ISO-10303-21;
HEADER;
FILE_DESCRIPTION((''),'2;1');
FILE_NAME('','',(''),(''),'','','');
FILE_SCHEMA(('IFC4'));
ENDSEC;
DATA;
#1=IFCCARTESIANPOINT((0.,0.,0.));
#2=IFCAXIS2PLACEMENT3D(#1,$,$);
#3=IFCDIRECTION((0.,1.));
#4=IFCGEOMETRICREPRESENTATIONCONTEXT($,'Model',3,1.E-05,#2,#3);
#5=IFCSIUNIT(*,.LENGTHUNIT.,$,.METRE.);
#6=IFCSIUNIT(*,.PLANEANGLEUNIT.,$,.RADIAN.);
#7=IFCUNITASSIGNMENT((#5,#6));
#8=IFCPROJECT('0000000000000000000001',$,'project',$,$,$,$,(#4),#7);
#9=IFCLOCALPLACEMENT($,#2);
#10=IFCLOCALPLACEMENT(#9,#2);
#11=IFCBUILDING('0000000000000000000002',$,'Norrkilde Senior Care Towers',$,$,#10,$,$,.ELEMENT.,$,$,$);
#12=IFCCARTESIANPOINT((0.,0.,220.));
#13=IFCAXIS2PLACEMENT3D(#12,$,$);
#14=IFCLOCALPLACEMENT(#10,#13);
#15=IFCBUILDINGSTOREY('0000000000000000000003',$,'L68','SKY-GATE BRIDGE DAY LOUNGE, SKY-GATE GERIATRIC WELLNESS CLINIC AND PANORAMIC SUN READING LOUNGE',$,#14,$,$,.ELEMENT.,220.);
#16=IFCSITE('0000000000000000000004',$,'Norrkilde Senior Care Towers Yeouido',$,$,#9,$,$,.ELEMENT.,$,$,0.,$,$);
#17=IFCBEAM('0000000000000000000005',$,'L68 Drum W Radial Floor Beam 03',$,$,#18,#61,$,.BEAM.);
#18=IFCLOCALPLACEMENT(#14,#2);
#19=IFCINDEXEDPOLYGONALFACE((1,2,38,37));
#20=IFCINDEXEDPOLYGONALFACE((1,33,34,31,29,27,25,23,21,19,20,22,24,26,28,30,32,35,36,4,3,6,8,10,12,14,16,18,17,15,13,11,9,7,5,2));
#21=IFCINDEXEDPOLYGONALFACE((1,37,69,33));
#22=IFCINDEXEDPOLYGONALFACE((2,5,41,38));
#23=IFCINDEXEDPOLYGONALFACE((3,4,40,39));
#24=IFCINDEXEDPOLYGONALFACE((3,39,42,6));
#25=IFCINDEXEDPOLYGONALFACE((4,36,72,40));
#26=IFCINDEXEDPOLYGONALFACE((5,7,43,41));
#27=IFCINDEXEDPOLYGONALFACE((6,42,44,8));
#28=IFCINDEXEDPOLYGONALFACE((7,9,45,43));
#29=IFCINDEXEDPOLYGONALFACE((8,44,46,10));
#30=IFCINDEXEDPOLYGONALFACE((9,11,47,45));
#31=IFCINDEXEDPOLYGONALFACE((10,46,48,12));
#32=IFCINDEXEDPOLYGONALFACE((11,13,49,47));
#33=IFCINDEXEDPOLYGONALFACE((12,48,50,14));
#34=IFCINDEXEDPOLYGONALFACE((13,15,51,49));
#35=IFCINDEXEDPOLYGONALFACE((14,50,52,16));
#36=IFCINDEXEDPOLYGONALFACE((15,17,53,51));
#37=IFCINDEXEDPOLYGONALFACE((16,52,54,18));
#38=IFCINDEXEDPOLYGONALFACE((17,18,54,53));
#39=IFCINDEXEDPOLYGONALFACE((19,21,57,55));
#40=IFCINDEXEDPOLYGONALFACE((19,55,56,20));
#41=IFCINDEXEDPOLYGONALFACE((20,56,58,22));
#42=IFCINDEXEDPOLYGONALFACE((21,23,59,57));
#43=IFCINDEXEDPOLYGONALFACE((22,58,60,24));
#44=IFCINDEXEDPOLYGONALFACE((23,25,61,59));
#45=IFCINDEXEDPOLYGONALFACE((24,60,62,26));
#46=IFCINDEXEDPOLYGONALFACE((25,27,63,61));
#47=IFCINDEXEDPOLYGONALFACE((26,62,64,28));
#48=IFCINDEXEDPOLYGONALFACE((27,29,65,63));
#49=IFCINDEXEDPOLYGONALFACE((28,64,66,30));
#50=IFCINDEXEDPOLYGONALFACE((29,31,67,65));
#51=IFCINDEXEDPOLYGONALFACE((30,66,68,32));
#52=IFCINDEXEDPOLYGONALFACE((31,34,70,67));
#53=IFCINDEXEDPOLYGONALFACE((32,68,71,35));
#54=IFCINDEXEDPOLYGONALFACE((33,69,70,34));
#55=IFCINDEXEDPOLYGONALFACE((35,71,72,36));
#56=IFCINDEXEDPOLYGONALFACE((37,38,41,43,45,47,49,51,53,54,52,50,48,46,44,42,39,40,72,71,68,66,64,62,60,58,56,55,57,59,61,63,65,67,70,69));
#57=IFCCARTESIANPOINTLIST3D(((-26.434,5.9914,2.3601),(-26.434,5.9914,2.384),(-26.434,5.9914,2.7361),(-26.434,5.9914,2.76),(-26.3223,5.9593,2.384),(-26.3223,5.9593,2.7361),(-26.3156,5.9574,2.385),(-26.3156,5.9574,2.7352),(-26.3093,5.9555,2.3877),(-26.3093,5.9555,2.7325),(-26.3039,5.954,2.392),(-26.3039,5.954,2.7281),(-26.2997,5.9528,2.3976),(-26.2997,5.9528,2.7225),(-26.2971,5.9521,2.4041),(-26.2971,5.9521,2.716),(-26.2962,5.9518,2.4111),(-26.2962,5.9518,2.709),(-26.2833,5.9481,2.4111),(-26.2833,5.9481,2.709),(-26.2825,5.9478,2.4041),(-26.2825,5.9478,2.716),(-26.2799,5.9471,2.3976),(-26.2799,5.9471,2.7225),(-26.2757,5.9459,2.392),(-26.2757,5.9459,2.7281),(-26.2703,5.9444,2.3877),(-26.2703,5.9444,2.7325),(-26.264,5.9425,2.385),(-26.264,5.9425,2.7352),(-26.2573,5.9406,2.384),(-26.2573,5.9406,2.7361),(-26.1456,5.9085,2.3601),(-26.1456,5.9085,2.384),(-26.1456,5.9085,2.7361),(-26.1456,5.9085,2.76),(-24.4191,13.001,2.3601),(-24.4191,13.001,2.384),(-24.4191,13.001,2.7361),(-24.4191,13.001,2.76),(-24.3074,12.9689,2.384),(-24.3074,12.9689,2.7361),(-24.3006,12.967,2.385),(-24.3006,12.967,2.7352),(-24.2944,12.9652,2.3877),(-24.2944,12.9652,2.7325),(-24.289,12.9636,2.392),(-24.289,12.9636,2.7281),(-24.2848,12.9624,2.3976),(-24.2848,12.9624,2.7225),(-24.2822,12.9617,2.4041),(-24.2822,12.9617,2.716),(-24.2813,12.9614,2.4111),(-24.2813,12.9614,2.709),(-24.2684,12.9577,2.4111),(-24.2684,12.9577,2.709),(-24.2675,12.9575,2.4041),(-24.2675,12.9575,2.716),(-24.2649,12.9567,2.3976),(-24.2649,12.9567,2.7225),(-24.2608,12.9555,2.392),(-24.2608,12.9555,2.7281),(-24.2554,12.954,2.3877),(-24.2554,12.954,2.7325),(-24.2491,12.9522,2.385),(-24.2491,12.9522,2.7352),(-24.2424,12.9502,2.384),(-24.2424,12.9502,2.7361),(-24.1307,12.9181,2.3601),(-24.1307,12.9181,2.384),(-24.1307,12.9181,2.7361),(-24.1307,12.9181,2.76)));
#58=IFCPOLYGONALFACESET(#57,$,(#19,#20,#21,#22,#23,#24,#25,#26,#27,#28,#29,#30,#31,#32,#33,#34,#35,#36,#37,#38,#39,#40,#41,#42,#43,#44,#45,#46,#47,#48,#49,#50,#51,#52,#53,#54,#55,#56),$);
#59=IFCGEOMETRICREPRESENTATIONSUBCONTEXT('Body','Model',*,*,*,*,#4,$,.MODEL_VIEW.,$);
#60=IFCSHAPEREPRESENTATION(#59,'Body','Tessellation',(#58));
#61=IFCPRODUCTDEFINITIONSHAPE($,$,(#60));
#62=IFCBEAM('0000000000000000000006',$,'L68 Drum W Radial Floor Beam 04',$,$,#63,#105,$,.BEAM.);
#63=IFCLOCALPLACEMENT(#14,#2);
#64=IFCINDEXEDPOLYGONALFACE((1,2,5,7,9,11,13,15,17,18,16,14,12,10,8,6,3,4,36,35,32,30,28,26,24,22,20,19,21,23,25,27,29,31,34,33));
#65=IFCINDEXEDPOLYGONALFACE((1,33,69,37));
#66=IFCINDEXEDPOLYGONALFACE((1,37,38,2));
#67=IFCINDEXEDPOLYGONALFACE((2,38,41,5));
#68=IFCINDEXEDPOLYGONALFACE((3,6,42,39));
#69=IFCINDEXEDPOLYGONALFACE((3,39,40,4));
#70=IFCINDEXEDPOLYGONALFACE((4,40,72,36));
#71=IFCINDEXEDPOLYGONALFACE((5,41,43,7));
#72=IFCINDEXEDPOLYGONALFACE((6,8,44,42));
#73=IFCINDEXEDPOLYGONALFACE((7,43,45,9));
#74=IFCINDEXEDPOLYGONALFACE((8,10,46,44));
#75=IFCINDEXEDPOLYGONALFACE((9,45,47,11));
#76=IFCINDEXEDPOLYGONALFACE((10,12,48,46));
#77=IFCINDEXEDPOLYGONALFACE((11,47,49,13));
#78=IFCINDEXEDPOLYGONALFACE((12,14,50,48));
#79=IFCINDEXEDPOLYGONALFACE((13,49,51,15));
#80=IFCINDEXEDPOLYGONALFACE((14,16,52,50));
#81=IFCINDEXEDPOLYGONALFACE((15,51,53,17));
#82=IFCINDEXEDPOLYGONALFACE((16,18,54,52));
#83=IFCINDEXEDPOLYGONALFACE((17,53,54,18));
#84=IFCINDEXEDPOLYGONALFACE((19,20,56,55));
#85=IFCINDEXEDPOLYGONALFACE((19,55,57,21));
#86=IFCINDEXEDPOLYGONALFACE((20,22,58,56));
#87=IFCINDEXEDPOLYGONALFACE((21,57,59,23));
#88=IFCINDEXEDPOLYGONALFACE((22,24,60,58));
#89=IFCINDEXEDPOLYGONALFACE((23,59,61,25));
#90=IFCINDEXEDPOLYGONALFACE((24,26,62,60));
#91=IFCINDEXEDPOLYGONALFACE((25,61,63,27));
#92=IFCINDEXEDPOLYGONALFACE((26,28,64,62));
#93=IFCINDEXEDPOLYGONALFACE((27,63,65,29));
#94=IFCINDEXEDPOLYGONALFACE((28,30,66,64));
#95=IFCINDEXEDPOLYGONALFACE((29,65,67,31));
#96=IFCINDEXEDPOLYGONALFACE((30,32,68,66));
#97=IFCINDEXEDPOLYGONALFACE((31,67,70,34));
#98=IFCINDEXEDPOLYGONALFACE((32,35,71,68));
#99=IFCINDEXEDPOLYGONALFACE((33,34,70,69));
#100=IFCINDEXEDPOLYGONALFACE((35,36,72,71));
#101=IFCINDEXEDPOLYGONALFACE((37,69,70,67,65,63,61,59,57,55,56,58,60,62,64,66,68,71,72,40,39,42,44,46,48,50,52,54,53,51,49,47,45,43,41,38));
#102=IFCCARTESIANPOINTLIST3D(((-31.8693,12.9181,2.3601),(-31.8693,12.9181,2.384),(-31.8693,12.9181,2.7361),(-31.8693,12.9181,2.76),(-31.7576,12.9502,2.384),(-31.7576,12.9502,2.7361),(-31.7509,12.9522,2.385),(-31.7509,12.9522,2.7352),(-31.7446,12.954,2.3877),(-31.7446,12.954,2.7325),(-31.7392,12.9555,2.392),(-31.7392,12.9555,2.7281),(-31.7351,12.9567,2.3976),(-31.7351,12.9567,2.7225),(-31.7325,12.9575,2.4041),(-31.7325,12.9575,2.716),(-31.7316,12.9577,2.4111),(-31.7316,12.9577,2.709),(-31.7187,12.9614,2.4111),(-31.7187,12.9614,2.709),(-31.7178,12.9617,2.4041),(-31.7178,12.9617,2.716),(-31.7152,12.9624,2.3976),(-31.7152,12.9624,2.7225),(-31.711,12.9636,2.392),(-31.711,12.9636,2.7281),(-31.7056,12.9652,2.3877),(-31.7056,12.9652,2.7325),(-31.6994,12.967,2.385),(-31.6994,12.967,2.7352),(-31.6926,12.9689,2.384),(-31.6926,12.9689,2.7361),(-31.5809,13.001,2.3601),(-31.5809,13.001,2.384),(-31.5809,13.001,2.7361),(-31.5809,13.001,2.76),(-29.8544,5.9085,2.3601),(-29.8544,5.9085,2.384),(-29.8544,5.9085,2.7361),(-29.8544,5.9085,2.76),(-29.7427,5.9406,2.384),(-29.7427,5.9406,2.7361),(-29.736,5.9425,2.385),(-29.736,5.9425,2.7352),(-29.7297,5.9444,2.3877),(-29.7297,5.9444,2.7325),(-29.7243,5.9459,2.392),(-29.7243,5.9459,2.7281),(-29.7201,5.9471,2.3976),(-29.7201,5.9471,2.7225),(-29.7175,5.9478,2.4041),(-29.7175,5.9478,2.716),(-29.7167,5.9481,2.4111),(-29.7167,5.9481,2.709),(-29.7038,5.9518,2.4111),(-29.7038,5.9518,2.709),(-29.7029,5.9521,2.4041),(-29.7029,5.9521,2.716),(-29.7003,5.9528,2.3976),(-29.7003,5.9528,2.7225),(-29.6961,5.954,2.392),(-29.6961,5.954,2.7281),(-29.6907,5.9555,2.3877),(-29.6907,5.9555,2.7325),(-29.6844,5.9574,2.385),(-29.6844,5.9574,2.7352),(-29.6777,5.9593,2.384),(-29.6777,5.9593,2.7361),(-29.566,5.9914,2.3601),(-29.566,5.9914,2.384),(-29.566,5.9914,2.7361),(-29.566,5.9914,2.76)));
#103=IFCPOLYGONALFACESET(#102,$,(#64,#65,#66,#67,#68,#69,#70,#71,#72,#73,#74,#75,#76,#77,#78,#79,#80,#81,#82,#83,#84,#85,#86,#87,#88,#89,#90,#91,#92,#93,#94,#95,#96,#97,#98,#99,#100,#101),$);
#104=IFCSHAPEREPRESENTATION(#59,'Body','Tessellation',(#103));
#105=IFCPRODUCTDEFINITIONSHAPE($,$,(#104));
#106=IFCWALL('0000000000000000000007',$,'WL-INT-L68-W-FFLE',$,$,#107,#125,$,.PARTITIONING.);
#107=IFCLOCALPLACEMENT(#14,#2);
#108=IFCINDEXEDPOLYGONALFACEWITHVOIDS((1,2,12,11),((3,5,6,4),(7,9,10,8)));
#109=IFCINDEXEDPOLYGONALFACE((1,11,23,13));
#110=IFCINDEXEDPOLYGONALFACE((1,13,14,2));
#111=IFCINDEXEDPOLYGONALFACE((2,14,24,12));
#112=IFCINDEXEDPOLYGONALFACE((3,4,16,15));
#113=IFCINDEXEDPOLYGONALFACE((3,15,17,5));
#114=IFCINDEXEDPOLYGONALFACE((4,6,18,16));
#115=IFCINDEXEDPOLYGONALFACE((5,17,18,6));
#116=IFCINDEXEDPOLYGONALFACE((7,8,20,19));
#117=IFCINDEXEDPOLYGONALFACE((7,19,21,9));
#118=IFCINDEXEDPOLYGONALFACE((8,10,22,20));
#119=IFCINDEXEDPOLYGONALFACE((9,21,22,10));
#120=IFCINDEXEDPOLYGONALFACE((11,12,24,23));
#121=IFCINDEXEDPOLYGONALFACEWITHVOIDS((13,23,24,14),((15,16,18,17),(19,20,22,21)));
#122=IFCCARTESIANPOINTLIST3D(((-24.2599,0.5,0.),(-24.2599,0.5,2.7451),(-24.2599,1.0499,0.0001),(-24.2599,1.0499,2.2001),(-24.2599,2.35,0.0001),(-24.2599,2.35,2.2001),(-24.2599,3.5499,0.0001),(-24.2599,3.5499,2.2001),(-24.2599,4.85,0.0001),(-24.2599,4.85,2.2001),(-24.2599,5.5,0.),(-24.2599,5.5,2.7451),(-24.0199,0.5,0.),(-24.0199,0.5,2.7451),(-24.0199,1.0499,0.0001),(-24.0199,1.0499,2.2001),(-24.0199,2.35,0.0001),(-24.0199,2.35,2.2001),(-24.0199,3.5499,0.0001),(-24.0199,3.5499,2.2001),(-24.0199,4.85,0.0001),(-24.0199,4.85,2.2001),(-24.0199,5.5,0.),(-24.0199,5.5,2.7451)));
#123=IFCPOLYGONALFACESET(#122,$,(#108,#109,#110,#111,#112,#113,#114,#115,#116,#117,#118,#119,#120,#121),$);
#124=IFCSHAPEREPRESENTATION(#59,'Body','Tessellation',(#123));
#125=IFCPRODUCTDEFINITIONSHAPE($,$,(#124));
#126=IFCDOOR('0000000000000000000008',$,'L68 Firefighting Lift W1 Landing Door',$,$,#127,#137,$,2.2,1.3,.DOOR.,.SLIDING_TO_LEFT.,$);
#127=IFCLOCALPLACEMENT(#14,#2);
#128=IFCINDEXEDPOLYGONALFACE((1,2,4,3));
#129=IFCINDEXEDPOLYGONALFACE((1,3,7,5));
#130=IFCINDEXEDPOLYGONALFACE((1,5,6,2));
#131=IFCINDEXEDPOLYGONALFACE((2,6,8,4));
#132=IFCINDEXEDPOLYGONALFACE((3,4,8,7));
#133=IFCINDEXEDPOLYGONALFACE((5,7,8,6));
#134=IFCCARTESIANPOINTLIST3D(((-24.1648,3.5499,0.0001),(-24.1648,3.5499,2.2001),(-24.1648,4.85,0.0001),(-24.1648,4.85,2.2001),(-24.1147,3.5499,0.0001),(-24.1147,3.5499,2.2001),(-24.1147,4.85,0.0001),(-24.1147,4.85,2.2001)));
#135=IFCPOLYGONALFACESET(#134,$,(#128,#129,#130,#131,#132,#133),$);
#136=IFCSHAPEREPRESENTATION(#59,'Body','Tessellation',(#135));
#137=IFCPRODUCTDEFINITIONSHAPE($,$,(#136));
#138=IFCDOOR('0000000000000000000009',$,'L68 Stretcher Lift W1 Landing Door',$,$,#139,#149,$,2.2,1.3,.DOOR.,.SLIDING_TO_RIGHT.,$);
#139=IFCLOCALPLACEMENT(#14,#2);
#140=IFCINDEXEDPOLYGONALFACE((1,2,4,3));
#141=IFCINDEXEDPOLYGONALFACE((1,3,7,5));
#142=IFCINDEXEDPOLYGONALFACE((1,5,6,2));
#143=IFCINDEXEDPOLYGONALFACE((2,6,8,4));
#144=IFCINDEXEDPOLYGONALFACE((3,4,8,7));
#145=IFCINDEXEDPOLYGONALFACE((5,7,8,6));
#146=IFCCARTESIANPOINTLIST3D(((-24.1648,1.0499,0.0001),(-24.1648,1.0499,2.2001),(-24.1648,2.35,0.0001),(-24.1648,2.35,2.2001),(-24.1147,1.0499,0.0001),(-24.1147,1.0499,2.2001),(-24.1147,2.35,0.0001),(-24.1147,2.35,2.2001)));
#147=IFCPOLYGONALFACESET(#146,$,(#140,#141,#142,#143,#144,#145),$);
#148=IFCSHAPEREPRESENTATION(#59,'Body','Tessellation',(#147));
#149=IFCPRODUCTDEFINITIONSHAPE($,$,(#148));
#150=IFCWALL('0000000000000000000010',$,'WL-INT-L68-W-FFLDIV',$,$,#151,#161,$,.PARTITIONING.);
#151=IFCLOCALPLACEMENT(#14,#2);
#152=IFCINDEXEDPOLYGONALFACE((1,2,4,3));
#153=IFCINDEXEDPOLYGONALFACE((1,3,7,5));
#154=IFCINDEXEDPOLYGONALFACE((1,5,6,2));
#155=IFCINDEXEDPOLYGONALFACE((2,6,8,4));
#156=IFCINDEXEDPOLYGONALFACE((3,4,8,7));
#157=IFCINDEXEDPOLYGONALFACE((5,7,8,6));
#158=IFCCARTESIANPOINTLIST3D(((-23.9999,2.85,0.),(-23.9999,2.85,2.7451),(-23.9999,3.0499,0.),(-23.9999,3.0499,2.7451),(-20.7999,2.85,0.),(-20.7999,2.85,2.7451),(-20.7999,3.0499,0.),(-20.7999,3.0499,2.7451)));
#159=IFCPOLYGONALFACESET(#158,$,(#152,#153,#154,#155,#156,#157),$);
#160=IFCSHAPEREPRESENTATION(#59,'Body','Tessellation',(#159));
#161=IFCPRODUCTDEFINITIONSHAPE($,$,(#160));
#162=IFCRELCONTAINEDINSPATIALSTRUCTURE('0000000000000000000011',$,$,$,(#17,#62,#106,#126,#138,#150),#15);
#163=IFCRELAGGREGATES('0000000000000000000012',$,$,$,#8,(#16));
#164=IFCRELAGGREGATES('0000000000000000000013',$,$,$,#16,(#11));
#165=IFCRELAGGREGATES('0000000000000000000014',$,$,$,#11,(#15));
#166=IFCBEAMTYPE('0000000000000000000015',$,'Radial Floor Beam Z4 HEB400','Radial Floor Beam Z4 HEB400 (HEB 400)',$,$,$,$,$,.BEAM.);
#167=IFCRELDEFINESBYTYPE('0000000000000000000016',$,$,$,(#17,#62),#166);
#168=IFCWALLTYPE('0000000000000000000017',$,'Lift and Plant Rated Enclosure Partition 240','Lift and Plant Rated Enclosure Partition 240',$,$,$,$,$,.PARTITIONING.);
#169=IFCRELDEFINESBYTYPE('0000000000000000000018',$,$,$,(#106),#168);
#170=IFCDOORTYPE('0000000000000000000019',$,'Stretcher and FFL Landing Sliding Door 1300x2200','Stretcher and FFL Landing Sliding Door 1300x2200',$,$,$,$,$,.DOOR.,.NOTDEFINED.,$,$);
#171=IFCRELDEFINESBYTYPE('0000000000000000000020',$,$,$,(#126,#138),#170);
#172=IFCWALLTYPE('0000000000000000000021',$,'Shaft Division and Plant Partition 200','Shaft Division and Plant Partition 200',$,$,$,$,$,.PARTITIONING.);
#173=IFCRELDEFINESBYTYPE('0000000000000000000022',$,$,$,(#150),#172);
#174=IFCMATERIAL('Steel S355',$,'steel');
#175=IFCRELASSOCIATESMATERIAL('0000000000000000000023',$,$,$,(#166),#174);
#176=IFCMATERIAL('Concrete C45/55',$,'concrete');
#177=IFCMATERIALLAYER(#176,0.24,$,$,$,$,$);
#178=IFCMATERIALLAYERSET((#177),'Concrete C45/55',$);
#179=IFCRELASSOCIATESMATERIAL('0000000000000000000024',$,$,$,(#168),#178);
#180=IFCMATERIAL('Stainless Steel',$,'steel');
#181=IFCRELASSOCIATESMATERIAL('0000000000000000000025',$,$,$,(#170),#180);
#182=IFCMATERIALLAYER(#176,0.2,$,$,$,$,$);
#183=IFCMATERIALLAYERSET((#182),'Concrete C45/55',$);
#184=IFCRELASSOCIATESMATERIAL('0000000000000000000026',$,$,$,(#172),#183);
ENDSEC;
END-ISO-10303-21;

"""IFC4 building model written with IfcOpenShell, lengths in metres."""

from ifc_helpers import new_model, si_unit, direction, frame, frame_2d, origin, origin_2d, place, context, subcontext, project, spatial, rectangle, i_section, extrude, source, transform, mapped, material, layer, layer_set, material_profile, profile_set, type_object, type_shapes, element, fill, save


model = new_model("IFC4")

# Units and contexts
model_context = context("Model", 3, precision=1e-05, world=origin(), true_north=direction((0.0, 1.0)))
body_context = subcontext(model_context, "Body", "Model", "MODEL_VIEW")
ifc_project = project(units=[si_unit("LENGTHUNIT", "METRE"), si_unit("PLANEANGLEUNIT", "RADIAN")], contexts=[model_context])

# Site, building, storey
site_placement = place(None, origin())
site = spatial("IfcSite", under=ifc_project, at=site_placement, Name="Norrkilde Senior Care Towers Yeouido", CompositionType="ELEMENT", RefElevation=0.0)
building_placement = place(site_placement, origin())
building = spatial("IfcBuilding", under=site, at=building_placement, Name="Norrkilde Senior Care Towers", CompositionType="ELEMENT")
storey_placement = place(building_placement, frame((0.0, 0.0, 220.0)))
storey = spatial("IfcBuildingStorey", under=building, at=storey_placement, Name="L68", Description="SKY-GATE BRIDGE DAY LOUNGE, SKY-GATE GERIATRIC WELLNESS CLINIC AND PANORAMIC SUN READING LOUNGE", CompositionType="ELEMENT", Elevation=220.0)

# Beams
ifc_material_1 = material(Name="Steel S355", Category="steel")
ifc_material_profile = material_profile(ifc_material_1, i_section(OverallWidth=0.3, OverallDepth=0.3999, WebThickness=0.0134, FlangeThickness=0.0239, FilletRadius=0.0271, at=origin_2d()), Name="HEB 400")
ifc_profile_set = profile_set([ifc_material_profile], Name="Steel S355")
beam_type = type_object("IfcBeamType", Name="Radial Floor Beam Z4 HEB400", Description="Radial Floor Beam Z4 HEB400 (HEB 400)", PredefinedType="BEAM", material=ifc_profile_set)
shared_shape_1 = source(origin(), body_context, "Body", "SweptSolid", [
    extrude(i_section(OverallWidth=0.3, OverallDepth=0.3999, WebThickness=0.0134, FlangeThickness=0.0239, FilletRadius=0.0271, at=origin_2d()), origin(), (0.0, 0.0, 1.0), 7.2935),
])
type_shapes(beam_type, [shared_shape_1])
for number, where, z_axis, x_axis, name in (
    (1, (-26.2898, 5.95, 2.5601), (0.276264, 0.961082, 0.0), (-0.961082, 0.276264, 0.0), "L68 Drum W Radial Floor Beam 03"),
    (2, (-29.7102, 5.95, 2.5601), (-0.276264, 0.961082, 0.0), (-0.961082, -0.276264, 0.0), "L68 Drum W Radial Floor Beam 04"),
):
    element("IfcBeam", number, at=place(storey_placement, frame(where, z_axis=z_axis, x_axis=x_axis)), inside=storey, type_object=beam_type, Name=name, PredefinedType="BEAM", context=body_context, shape_type="MappedRepresentation", body=[
        mapped(shared_shape_1, transform((0.0, 0.0, 0.0), x_axis=(1.0, 0.0, 0.0), y_axis=(0.0, 1.0, 0.0), z_axis=(0.0, 0.0, 1.0), scale=1.0)),
    ])

# Shared definitions
ifc_material_2 = material(Name="Concrete C45/55", Category="concrete")

# Wall, openings, doors
ifc_layer_1 = layer(ifc_material_2, 0.24)
ifc_layer_set_1 = layer_set([ifc_layer_1], Name="Concrete C45/55")
wall_type_1 = type_object("IfcWallType", Name="Lift and Plant Rated Enclosure Partition 240", Description="Lift and Plant Rated Enclosure Partition 240", PredefinedType="PARTITIONING", material=ifc_layer_set_1)
shared_shape_2 = source(origin(), body_context, "Body", "SweptSolid", [
    extrude(rectangle(XDim=5.0, YDim=0.24, at=frame_2d((2.5, 0.0))), origin(), (0.0, 0.0, 1.0), 2.7451),
])
type_shapes(wall_type_1, [shared_shape_2])
wall_1_placement = place(storey_placement, frame((-24.1399, 0.5, 0.0), z_axis=(0.0, 0.0, 1.0), x_axis=(0.0, 1.0, 0.0)))
wall_1 = element("IfcWall", 3, at=wall_1_placement, inside=storey, type_object=wall_type_1, Name="WL-INT-L68-W-FFLE", PredefinedType="PARTITIONING", context=body_context, shape_type="MappedRepresentation", body=[
    mapped(shared_shape_2, transform((0.0, 0.0, 0.0), x_axis=(1.0, 0.0, 0.0), y_axis=(0.0, 1.0, 0.0), z_axis=(0.0, 0.0, 1.0), scale=1.0)),
])
opening_1_placement = place(wall_1_placement, frame((3.05, 0.0, 0.0)))
opening_1 = element("IfcOpeningElement", 4, at=opening_1_placement, cuts=wall_1, PredefinedType="OPENING", context=body_context, shape_type="SweptSolid", body=[
    extrude(rectangle(XDim=1.3, YDim=2.2, at=frame_2d((0.6499, 1.1001))), frame((0.0, 0.1299, 0.0), z_axis=(0.0, -1.0, 0.0), x_axis=(1.0, 0.0, 0.0)), (0.0, 0.0, 1.0), 0.26),
])
opening_2_placement = place(wall_1_placement, frame((0.55, 0.0, 0.0)))
opening_2 = element("IfcOpeningElement", 5, at=opening_2_placement, cuts=wall_1, PredefinedType="OPENING", context=body_context, shape_type="SweptSolid", body=[
    extrude(rectangle(XDim=1.3, YDim=2.2, at=frame_2d((0.6499, 1.1001))), frame((0.0, 0.1299, 0.0), z_axis=(0.0, -1.0, 0.0), x_axis=(1.0, 0.0, 0.0)), (0.0, 0.0, 1.0), 0.26),
])
ifc_material_3 = material(Name="Stainless Steel", Category="steel")
door_type_1 = type_object("IfcDoorType", Name="Stretcher and FFL Landing Sliding Door 1300x2200", Description="Stretcher and FFL Landing Sliding Door 1300x2200", OperationType="NOTDEFINED", PredefinedType="DOOR", material=ifc_material_3)
shared_shape_3 = source(origin(), body_context, "Body", "SweptSolid", [
    extrude(rectangle(XDim=1.3, YDim=2.2, at=frame_2d((0.6499, 1.1001))), frame((0.0, 0.0249, 0.0), z_axis=(0.0, -1.0, 0.0), x_axis=(1.0, 0.0, 0.0)), (0.0, 0.0, 1.0), 0.05),
])
type_shapes(door_type_1, [shared_shape_3])
door_1_placement = place(opening_1_placement, origin())
door_1 = element("IfcDoor", 6, at=door_1_placement, inside=storey, type_object=door_type_1, Name="L68 Firefighting Lift W1 Landing Door", OperationType="SLIDING_TO_LEFT", OverallHeight=2.2, OverallWidth=1.3, PredefinedType="DOOR", context=body_context, shape_type="MappedRepresentation", body=[
    mapped(shared_shape_3, transform((0.0, 0.0, 0.0), x_axis=(1.0, 0.0, 0.0), y_axis=(0.0, 1.0, 0.0), z_axis=(0.0, 0.0, 1.0), scale=1.0)),
])
fill(opening_1, door_1)
door_2_placement = place(opening_2_placement, origin())
door_2 = element("IfcDoor", 7, at=door_2_placement, inside=storey, type_object=door_type_1, Name="L68 Stretcher Lift W1 Landing Door", OperationType="SLIDING_TO_RIGHT", OverallHeight=2.2, OverallWidth=1.3, PredefinedType="DOOR", context=body_context, shape_type="MappedRepresentation", body=[
    mapped(shared_shape_3, transform((0.0, 0.0, 0.0), x_axis=(1.0, 0.0, 0.0), y_axis=(0.0, 1.0, 0.0), z_axis=(0.0, 0.0, 1.0), scale=1.0)),
])
fill(opening_2, door_2)

# Wall
ifc_layer_2 = layer(ifc_material_2, 0.2)
ifc_layer_set_2 = layer_set([ifc_layer_2], Name="Concrete C45/55")
wall_type_2 = type_object("IfcWallType", Name="Shaft Division and Plant Partition 200", Description="Shaft Division and Plant Partition 200", PredefinedType="PARTITIONING", material=ifc_layer_set_2)
shared_shape_4 = source(origin(), body_context, "Body", "SweptSolid", [
    extrude(rectangle(XDim=3.2, YDim=0.2, at=frame_2d((1.6001, 0.0))), origin(), (0.0, 0.0, 1.0), 2.7451),
])
type_shapes(wall_type_2, [shared_shape_4])
wall_2_placement = place(storey_placement, frame((-24.0, 2.95, 0.0), z_axis=(0.0, 0.0, 1.0), x_axis=(1.0, 0.0, 0.0)))
element("IfcWall", 8, at=wall_2_placement, inside=storey, type_object=wall_type_2, Name="WL-INT-L68-W-FFLDIV", PredefinedType="PARTITIONING", context=body_context, shape_type="MappedRepresentation", body=[
    mapped(shared_shape_4, transform((0.0, 0.0, 0.0), x_axis=(1.0, 0.0, 0.0), y_axis=(0.0, 1.0, 0.0), z_axis=(0.0, 0.0, 1.0), scale=1.0)),
])

save(model, "model.ifc")
